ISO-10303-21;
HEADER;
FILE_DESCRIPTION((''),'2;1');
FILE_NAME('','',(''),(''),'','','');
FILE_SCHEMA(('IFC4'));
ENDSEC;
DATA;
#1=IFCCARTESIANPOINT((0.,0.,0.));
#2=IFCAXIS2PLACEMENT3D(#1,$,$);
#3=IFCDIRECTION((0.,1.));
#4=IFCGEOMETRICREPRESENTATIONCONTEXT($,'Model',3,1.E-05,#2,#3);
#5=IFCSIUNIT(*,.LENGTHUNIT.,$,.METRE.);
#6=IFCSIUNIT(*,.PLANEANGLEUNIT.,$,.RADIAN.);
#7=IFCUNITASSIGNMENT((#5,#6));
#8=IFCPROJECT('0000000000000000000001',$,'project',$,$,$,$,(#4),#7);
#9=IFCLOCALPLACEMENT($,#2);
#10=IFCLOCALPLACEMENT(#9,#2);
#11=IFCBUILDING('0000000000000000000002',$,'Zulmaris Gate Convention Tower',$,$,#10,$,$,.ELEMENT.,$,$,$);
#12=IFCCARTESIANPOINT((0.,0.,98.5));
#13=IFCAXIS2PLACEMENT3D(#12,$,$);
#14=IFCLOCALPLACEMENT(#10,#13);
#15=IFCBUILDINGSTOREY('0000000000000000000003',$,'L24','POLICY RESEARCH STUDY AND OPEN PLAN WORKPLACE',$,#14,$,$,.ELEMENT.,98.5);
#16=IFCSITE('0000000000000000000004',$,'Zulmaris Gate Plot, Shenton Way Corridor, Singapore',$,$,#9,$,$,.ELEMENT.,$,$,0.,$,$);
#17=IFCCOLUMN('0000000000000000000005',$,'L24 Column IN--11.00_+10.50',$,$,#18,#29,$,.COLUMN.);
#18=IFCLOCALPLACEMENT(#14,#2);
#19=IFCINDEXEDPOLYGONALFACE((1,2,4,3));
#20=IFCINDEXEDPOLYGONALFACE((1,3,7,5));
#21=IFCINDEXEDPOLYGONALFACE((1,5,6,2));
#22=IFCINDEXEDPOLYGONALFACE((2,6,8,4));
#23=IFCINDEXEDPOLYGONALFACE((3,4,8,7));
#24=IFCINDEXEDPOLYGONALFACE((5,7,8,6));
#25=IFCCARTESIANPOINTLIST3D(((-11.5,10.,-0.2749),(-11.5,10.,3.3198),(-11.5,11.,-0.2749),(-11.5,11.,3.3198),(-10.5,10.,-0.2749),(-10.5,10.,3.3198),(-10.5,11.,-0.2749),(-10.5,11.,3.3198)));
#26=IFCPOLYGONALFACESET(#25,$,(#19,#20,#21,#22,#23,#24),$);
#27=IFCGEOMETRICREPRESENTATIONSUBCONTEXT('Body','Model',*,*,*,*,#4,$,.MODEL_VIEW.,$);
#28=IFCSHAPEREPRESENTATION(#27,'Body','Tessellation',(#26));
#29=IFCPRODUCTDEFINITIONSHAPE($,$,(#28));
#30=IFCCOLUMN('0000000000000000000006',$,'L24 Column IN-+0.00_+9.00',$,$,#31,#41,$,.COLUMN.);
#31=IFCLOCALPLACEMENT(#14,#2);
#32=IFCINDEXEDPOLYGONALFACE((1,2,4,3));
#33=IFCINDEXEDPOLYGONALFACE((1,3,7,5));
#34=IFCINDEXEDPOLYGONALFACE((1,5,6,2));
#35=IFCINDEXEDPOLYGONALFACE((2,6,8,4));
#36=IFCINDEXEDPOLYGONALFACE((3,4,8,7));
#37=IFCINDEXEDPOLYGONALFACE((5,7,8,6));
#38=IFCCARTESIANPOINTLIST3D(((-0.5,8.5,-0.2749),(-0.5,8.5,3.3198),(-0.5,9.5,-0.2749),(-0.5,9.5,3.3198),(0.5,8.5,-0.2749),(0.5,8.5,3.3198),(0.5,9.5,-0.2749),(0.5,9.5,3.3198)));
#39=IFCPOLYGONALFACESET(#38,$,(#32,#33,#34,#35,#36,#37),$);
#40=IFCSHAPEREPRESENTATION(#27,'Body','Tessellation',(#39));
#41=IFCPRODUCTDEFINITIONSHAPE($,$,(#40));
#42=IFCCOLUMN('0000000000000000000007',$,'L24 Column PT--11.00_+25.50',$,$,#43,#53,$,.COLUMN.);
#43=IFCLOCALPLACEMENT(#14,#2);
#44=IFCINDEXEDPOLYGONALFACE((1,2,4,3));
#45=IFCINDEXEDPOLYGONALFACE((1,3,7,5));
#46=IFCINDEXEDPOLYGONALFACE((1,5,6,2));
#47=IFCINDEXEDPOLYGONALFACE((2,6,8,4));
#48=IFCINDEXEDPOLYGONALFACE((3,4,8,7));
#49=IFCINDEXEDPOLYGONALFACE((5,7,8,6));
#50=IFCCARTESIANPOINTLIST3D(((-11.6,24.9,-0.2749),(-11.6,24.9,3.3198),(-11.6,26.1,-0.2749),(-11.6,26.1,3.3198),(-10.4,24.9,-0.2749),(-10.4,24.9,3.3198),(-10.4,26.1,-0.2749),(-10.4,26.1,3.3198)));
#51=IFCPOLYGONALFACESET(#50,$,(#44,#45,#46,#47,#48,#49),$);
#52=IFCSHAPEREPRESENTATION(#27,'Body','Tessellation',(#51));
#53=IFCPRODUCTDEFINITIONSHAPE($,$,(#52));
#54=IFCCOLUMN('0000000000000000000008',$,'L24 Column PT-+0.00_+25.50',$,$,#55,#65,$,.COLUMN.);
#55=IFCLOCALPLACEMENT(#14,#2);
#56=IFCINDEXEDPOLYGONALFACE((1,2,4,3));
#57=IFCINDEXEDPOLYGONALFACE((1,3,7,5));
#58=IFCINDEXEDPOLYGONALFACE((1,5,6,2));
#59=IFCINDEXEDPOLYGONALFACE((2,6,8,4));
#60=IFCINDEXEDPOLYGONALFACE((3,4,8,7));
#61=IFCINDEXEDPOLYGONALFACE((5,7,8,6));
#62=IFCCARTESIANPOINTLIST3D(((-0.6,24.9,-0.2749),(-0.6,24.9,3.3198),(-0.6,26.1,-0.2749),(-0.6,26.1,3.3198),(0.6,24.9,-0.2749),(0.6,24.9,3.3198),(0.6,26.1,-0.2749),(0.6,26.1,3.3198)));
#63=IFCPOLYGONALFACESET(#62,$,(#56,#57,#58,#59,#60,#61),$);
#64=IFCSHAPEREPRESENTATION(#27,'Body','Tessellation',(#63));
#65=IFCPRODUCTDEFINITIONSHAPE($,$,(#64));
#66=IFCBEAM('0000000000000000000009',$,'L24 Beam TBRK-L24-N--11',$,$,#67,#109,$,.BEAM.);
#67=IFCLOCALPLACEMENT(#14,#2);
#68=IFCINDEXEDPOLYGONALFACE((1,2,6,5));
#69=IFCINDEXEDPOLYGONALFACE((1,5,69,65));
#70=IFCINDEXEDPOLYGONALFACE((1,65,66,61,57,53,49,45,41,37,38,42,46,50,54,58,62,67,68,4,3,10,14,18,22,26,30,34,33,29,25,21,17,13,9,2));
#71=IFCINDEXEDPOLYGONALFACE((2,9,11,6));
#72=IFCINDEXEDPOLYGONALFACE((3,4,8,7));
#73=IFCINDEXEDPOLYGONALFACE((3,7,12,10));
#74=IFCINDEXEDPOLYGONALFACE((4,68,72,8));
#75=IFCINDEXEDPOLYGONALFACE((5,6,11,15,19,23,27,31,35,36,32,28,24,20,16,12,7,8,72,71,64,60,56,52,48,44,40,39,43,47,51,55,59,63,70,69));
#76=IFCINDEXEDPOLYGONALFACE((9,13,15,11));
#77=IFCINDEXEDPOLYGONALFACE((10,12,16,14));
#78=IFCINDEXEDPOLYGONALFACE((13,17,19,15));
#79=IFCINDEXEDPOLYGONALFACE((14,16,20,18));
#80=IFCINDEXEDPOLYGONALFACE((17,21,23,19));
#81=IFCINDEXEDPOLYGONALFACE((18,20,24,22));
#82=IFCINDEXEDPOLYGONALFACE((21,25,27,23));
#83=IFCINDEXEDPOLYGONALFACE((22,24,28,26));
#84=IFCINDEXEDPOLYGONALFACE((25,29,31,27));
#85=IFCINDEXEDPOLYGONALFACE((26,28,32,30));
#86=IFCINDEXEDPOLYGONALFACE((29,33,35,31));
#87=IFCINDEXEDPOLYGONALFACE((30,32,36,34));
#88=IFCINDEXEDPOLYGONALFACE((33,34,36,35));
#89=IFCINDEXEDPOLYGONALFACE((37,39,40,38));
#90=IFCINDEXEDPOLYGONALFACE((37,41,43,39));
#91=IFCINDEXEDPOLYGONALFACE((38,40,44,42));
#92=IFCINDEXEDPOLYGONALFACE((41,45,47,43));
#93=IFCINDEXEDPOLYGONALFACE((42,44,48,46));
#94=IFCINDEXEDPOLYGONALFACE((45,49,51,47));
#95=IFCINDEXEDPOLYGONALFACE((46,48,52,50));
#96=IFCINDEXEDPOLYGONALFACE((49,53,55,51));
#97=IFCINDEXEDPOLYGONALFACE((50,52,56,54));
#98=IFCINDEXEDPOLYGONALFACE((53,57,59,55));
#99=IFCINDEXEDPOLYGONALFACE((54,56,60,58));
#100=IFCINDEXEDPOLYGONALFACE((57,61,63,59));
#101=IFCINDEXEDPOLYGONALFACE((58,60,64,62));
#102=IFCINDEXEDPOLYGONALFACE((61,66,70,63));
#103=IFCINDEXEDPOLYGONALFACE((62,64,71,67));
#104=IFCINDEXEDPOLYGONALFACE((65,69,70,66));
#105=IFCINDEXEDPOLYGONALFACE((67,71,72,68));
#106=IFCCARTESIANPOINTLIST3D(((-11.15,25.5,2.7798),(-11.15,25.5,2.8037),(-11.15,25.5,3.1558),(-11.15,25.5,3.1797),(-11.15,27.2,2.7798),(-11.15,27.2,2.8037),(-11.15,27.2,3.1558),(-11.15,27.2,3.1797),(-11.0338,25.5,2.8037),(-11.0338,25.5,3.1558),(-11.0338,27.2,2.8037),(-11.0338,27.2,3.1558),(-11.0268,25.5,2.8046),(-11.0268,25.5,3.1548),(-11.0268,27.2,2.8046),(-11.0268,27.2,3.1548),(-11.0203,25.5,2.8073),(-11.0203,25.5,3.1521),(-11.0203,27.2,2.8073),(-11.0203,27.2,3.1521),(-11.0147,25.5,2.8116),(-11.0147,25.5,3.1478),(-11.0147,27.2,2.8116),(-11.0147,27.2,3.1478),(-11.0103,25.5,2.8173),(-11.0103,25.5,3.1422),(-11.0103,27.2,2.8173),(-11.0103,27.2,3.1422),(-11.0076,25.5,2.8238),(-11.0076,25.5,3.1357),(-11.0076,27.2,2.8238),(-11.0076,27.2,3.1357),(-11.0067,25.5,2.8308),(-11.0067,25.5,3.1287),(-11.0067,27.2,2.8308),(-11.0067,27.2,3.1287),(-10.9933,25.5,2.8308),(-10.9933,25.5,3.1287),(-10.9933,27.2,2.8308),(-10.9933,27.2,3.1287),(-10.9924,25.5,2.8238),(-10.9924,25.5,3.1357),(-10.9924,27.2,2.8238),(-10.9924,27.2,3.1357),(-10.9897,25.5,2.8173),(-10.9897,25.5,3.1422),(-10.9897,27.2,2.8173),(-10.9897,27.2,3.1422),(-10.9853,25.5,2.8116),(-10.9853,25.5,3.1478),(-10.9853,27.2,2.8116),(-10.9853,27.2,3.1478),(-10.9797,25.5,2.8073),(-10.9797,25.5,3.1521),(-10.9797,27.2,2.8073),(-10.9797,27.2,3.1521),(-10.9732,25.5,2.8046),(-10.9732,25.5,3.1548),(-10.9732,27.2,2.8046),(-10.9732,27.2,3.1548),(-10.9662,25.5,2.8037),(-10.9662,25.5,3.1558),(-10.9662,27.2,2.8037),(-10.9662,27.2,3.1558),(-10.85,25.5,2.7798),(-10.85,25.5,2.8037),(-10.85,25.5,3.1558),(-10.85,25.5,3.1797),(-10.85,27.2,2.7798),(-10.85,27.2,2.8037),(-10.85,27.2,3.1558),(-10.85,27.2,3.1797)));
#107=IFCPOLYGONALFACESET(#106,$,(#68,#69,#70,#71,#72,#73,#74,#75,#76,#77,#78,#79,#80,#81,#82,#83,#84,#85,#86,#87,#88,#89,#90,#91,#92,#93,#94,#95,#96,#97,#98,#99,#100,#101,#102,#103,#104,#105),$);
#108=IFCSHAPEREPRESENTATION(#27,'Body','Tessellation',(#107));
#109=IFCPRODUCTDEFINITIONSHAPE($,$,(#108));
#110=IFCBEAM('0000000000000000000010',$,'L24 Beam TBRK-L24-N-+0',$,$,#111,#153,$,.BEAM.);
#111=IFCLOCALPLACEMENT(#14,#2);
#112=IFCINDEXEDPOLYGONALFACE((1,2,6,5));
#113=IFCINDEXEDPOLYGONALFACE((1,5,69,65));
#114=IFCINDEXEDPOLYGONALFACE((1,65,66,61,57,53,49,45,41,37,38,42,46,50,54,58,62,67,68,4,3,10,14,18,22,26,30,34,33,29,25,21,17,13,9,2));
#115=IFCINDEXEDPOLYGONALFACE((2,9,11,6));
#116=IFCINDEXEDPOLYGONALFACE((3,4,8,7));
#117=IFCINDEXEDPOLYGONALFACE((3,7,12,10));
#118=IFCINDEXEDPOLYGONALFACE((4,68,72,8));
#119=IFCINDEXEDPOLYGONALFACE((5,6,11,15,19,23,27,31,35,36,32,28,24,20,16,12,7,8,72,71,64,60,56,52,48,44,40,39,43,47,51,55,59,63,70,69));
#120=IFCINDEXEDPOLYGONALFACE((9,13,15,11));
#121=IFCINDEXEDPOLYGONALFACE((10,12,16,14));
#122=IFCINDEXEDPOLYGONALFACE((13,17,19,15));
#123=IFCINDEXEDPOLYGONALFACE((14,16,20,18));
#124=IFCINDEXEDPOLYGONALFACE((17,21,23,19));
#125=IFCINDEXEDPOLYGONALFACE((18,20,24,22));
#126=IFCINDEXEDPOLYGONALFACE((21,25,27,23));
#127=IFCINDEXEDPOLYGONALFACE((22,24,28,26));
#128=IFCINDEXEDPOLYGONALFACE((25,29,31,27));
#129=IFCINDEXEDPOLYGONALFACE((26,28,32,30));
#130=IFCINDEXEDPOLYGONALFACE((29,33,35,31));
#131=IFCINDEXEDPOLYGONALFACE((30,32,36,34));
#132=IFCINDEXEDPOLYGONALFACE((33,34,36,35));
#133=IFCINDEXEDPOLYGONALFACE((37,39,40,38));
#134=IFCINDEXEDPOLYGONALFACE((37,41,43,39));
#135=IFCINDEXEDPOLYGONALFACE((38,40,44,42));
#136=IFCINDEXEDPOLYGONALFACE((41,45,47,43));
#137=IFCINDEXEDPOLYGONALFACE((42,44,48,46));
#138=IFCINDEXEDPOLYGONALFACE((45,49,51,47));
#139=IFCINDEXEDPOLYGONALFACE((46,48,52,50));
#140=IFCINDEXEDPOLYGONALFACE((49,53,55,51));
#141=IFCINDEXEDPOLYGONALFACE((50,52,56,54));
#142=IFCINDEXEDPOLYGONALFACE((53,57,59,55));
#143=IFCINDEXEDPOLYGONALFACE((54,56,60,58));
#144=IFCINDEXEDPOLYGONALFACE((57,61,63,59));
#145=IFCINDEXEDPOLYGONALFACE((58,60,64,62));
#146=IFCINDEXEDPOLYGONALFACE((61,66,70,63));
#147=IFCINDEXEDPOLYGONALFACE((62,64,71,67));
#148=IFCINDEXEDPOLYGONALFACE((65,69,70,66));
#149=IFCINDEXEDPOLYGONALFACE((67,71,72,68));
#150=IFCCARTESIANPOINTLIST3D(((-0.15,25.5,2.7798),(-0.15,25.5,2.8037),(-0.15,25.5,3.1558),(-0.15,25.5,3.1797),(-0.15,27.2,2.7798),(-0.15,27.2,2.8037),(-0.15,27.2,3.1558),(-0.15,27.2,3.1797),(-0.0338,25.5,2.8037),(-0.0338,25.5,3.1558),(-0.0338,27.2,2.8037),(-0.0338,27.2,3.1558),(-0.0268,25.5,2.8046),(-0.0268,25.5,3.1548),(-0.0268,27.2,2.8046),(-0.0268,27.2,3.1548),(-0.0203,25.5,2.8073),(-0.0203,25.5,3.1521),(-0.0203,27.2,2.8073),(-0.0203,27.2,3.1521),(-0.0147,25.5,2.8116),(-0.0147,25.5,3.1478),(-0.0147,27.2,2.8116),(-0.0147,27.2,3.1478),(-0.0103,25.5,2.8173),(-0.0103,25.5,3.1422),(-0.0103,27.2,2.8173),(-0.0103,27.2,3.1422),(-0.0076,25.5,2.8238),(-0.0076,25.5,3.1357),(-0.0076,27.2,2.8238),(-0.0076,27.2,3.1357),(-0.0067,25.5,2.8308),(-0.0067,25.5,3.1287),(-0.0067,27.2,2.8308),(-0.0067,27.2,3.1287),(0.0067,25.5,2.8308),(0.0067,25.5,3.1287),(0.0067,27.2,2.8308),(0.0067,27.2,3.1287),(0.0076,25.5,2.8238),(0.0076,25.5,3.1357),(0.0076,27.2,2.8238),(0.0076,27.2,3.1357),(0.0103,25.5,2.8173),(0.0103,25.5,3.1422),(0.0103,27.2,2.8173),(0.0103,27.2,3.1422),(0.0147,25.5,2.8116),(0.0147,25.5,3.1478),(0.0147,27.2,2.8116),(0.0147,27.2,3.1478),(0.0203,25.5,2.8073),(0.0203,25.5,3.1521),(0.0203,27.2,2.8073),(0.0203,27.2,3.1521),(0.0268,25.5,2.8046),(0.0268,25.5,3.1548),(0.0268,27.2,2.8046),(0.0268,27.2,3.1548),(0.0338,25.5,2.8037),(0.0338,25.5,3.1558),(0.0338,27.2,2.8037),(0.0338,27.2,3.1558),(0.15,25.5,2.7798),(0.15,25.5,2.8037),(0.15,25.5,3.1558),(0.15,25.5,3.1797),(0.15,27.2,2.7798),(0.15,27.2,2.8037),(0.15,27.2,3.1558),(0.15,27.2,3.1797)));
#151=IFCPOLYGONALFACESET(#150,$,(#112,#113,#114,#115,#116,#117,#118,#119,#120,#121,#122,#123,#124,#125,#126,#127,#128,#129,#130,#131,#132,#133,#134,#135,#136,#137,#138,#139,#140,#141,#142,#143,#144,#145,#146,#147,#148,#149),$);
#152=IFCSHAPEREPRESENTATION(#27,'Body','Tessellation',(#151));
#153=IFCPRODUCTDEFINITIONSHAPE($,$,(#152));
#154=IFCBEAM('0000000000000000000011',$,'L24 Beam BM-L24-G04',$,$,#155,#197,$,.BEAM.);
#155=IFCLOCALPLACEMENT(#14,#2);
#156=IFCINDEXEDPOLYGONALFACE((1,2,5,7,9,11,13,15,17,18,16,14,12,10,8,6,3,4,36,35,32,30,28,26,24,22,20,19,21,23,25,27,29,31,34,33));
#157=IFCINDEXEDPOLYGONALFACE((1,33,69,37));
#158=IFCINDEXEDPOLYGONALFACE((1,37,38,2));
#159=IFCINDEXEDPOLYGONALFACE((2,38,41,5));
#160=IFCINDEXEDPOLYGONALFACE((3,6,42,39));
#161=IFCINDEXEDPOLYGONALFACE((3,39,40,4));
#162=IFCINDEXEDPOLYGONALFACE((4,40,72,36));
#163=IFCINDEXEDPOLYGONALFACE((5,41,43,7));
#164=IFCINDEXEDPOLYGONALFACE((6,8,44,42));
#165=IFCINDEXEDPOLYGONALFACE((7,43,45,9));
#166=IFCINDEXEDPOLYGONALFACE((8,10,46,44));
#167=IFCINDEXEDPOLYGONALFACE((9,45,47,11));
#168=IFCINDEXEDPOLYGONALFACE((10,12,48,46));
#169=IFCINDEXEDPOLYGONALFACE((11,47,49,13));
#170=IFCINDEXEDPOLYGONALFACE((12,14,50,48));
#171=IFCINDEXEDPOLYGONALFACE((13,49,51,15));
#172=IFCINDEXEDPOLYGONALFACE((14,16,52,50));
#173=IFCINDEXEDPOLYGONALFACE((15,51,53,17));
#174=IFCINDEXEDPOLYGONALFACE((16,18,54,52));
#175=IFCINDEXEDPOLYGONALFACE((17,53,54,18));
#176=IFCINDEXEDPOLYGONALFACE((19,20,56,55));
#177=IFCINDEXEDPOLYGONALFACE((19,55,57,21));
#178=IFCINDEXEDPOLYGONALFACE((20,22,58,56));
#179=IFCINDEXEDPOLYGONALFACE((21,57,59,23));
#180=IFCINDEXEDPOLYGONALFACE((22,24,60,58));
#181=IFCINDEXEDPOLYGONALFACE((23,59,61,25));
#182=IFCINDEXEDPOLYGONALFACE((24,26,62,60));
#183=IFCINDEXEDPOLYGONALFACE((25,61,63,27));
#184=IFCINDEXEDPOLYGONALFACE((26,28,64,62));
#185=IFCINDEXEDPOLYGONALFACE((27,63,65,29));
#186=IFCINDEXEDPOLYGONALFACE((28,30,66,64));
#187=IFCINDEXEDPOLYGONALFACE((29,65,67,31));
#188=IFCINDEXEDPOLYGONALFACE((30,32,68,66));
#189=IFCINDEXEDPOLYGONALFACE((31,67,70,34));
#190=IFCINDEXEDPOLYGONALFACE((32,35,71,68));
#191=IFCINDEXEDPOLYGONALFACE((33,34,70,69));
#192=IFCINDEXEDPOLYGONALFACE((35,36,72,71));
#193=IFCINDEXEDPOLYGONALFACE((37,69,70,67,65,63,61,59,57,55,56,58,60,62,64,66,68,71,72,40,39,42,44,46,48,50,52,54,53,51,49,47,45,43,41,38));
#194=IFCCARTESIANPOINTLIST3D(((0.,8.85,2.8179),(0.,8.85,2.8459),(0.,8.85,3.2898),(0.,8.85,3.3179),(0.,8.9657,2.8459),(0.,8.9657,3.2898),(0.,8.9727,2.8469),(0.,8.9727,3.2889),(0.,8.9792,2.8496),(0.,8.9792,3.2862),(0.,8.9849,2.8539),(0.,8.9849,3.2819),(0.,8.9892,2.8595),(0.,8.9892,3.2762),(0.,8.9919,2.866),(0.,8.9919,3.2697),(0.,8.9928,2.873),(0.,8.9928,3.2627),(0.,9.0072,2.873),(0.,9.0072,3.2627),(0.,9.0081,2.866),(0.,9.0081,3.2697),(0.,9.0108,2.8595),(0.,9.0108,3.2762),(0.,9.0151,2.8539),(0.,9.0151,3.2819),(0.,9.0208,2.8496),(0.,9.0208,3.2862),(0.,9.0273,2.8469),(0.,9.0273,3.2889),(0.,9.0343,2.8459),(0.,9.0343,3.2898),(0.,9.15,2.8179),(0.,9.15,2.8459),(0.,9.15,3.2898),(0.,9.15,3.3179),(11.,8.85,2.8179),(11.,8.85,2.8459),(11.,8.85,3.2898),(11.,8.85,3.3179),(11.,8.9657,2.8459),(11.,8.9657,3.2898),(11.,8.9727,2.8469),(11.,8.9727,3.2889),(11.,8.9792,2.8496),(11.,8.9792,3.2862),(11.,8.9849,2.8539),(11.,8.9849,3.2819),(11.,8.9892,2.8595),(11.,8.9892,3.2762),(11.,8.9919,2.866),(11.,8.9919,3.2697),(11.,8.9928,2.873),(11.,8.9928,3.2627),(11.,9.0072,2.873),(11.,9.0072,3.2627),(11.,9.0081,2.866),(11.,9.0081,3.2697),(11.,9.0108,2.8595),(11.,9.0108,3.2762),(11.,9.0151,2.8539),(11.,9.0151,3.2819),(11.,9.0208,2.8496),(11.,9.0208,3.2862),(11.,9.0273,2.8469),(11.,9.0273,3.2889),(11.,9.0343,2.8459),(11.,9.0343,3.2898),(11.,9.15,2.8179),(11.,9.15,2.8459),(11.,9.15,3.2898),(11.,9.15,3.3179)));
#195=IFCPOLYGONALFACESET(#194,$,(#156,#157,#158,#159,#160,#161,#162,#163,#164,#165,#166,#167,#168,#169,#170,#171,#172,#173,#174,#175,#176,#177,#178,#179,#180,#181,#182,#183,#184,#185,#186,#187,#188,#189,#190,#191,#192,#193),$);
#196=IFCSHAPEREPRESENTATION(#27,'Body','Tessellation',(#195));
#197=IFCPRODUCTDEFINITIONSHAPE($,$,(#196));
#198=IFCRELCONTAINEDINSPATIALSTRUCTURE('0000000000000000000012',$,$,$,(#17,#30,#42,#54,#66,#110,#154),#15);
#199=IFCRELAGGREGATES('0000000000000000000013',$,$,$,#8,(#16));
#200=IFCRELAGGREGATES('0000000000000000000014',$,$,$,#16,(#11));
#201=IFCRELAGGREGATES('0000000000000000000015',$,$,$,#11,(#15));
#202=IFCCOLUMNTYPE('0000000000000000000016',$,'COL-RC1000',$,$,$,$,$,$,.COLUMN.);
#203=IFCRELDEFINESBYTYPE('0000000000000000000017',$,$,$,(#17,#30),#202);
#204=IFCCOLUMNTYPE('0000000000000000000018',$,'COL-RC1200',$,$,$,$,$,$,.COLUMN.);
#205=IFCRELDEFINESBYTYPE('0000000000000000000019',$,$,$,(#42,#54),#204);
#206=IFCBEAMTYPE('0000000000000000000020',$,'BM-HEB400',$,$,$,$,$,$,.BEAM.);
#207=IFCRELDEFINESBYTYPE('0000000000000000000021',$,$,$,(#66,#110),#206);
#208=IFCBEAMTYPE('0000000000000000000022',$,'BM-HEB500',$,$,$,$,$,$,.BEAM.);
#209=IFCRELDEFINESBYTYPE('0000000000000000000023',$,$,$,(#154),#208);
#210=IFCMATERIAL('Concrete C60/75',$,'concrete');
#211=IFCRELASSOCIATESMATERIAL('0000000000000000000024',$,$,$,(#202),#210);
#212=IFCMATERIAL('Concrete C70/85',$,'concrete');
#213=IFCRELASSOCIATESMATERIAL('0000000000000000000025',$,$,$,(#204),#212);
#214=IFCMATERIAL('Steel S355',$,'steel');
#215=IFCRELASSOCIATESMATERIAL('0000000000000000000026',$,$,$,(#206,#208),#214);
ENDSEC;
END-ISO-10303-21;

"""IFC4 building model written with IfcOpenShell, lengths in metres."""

from ifc_helpers import new_model, si_unit, direction, frame, origin, origin_2d, place, context, subcontext, project, spatial, rectangle, i_section, extrude, material, material_profile, profile_set, type_object, element, save


model = new_model("IFC4")

# Units and contexts
model_context = context("Model", 3, precision=1e-05, world=origin(), true_north=direction((0.0, 1.0)))
body_context = subcontext(model_context, "Body", "Model", "MODEL_VIEW")
ifc_project = project(units=[si_unit("LENGTHUNIT", "METRE"), si_unit("PLANEANGLEUNIT", "RADIAN")], contexts=[model_context])

# Site, building, storey
site_placement = place(None, origin())
site = spatial("IfcSite", under=ifc_project, at=site_placement, Name="Zulmaris Gate Plot, Shenton Way Corridor, Singapore", CompositionType="ELEMENT", RefElevation=0.0)
building_placement = place(site_placement, origin())
building = spatial("IfcBuilding", under=site, at=building_placement, Name="Zulmaris Gate Convention Tower", CompositionType="ELEMENT")
storey_placement = place(building_placement, frame((0.0, 0.0, 98.5)))
storey = spatial("IfcBuildingStorey", under=building, at=storey_placement, Name="L24", Description="POLICY RESEARCH STUDY AND OPEN PLAN WORKPLACE", CompositionType="ELEMENT", Elevation=98.5)

# Columns
ifc_material_1 = material(Name="Concrete C60/75", Category="concrete")
ifc_material_profile_1 = material_profile(ifc_material_1, rectangle(XDim=1.0, YDim=1.0, at=origin_2d()), Name="RC COL 1000x1000")
ifc_profile_set_1 = profile_set([ifc_material_profile_1], Name="Concrete C60/75")
column_type_1 = type_object("IfcColumnType", Name="COL-RC1000", PredefinedType="COLUMN", material=ifc_profile_set_1)
for number, where, z_axis, x_axis, name in (
    (1, (-11.0, 10.5, -0.2749), (0.0, 0.0, 1.0), (1.0, 0.0, 0.0), "L24 Column IN--11.00_+10.50"),
    (2, (0.0, 9.0, -0.2749), (0.0, 0.0, 1.0), (1.0, 0.0, 0.0), "L24 Column IN-+0.00_+9.00"),
):
    element("IfcColumn", number, at=place(storey_placement, frame(where, z_axis=z_axis, x_axis=x_axis)), inside=storey, type_object=column_type_1, Name=name, PredefinedType="COLUMN", context=body_context, shape_type="SweptSolid", body=[
        extrude(rectangle(XDim=1.0, YDim=1.0, at=origin_2d()), origin(), (0.0, 0.0, 1.0), 3.5947),
    ])
ifc_material_2 = material(Name="Concrete C70/85", Category="concrete")
ifc_material_profile_2 = material_profile(ifc_material_2, rectangle(XDim=1.2, YDim=1.2, at=origin_2d()), Name="RC COL 1200x1200")
ifc_profile_set_2 = profile_set([ifc_material_profile_2], Name="Concrete C70/85")
column_type_2 = type_object("IfcColumnType", Name="COL-RC1200", PredefinedType="COLUMN", material=ifc_profile_set_2)
for number, where, z_axis, x_axis, name in (
    (3, (-11.0, 25.5, -0.2749), (0.0, 0.0, 1.0), (1.0, 0.0, 0.0), "L24 Column PT--11.00_+25.50"),
    (4, (0.0, 25.5, -0.2749), (0.0, 0.0, 1.0), (1.0, 0.0, 0.0), "L24 Column PT-+0.00_+25.50"),
):
    element("IfcColumn", number, at=place(storey_placement, frame(where, z_axis=z_axis, x_axis=x_axis)), inside=storey, type_object=column_type_2, Name=name, PredefinedType="COLUMN", context=body_context, shape_type="SweptSolid", body=[
        extrude(rectangle(XDim=1.2, YDim=1.2, at=origin_2d()), origin(), (0.0, 0.0, 1.0), 3.5947),
    ])

# Beams
ifc_material_3 = material(Name="Steel S355", Category="steel")
ifc_material_profile_3 = material_profile(ifc_material_3, i_section(OverallWidth=0.3, OverallDepth=0.3999, WebThickness=0.0134, FlangeThickness=0.0239, FilletRadius=0.0271, at=origin_2d()), Name="HEB 400")
ifc_profile_set_3 = profile_set([ifc_material_profile_3], Name="Steel S355")
beam_type_1 = type_object("IfcBeamType", Name="BM-HEB400", PredefinedType="BEAM", material=ifc_profile_set_3)
for number, where, z_axis, x_axis, name in (
    (5, (-11.0, 25.5, 2.9797), (0.0, 1.0, 0.0), (-1.0, 0.0, 0.0), "L24 Beam TBRK-L24-N--11"),
    (6, (0.0, 25.5, 2.9797), (0.0, 1.0, 0.0), (-1.0, 0.0, 0.0), "L24 Beam TBRK-L24-N-+0"),
):
    element("IfcBeam", number, at=place(storey_placement, frame(where, z_axis=z_axis, x_axis=x_axis)), inside=storey, type_object=beam_type_1, Name=name, PredefinedType="BEAM", context=body_context, shape_type="SweptSolid", body=[
        extrude(i_section(OverallWidth=0.3, OverallDepth=0.3999, WebThickness=0.0134, FlangeThickness=0.0239, FilletRadius=0.0271, at=origin_2d()), origin(), (0.0, 0.0, 1.0), 1.7),
    ])
ifc_material_profile_4 = material_profile(ifc_material_3, i_section(OverallWidth=0.3, OverallDepth=0.5, WebThickness=0.0144, FlangeThickness=0.0281, FilletRadius=0.0271, at=origin_2d()), Name="HEB 500")
ifc_profile_set_4 = profile_set([ifc_material_profile_4], Name="Steel S355")
beam_type_2 = type_object("IfcBeamType", Name="BM-HEB500", PredefinedType="BEAM", material=ifc_profile_set_4)
beam_1_placement = place(storey_placement, frame((0.0, 9.0, 3.0679), z_axis=(1.0, 0.0, 0.0), x_axis=(0.0, 1.0, 0.0)))
element("IfcBeam", 7, at=beam_1_placement, inside=storey, type_object=beam_type_2, Name="L24 Beam BM-L24-G04", PredefinedType="BEAM", context=body_context, shape_type="SweptSolid", body=[
    extrude(i_section(OverallWidth=0.3, OverallDepth=0.5, WebThickness=0.0144, FlangeThickness=0.0281, FilletRadius=0.0271, at=origin_2d()), origin(), (0.0, 0.0, 1.0), 11.0),
])

save(model, "model.ifc")
